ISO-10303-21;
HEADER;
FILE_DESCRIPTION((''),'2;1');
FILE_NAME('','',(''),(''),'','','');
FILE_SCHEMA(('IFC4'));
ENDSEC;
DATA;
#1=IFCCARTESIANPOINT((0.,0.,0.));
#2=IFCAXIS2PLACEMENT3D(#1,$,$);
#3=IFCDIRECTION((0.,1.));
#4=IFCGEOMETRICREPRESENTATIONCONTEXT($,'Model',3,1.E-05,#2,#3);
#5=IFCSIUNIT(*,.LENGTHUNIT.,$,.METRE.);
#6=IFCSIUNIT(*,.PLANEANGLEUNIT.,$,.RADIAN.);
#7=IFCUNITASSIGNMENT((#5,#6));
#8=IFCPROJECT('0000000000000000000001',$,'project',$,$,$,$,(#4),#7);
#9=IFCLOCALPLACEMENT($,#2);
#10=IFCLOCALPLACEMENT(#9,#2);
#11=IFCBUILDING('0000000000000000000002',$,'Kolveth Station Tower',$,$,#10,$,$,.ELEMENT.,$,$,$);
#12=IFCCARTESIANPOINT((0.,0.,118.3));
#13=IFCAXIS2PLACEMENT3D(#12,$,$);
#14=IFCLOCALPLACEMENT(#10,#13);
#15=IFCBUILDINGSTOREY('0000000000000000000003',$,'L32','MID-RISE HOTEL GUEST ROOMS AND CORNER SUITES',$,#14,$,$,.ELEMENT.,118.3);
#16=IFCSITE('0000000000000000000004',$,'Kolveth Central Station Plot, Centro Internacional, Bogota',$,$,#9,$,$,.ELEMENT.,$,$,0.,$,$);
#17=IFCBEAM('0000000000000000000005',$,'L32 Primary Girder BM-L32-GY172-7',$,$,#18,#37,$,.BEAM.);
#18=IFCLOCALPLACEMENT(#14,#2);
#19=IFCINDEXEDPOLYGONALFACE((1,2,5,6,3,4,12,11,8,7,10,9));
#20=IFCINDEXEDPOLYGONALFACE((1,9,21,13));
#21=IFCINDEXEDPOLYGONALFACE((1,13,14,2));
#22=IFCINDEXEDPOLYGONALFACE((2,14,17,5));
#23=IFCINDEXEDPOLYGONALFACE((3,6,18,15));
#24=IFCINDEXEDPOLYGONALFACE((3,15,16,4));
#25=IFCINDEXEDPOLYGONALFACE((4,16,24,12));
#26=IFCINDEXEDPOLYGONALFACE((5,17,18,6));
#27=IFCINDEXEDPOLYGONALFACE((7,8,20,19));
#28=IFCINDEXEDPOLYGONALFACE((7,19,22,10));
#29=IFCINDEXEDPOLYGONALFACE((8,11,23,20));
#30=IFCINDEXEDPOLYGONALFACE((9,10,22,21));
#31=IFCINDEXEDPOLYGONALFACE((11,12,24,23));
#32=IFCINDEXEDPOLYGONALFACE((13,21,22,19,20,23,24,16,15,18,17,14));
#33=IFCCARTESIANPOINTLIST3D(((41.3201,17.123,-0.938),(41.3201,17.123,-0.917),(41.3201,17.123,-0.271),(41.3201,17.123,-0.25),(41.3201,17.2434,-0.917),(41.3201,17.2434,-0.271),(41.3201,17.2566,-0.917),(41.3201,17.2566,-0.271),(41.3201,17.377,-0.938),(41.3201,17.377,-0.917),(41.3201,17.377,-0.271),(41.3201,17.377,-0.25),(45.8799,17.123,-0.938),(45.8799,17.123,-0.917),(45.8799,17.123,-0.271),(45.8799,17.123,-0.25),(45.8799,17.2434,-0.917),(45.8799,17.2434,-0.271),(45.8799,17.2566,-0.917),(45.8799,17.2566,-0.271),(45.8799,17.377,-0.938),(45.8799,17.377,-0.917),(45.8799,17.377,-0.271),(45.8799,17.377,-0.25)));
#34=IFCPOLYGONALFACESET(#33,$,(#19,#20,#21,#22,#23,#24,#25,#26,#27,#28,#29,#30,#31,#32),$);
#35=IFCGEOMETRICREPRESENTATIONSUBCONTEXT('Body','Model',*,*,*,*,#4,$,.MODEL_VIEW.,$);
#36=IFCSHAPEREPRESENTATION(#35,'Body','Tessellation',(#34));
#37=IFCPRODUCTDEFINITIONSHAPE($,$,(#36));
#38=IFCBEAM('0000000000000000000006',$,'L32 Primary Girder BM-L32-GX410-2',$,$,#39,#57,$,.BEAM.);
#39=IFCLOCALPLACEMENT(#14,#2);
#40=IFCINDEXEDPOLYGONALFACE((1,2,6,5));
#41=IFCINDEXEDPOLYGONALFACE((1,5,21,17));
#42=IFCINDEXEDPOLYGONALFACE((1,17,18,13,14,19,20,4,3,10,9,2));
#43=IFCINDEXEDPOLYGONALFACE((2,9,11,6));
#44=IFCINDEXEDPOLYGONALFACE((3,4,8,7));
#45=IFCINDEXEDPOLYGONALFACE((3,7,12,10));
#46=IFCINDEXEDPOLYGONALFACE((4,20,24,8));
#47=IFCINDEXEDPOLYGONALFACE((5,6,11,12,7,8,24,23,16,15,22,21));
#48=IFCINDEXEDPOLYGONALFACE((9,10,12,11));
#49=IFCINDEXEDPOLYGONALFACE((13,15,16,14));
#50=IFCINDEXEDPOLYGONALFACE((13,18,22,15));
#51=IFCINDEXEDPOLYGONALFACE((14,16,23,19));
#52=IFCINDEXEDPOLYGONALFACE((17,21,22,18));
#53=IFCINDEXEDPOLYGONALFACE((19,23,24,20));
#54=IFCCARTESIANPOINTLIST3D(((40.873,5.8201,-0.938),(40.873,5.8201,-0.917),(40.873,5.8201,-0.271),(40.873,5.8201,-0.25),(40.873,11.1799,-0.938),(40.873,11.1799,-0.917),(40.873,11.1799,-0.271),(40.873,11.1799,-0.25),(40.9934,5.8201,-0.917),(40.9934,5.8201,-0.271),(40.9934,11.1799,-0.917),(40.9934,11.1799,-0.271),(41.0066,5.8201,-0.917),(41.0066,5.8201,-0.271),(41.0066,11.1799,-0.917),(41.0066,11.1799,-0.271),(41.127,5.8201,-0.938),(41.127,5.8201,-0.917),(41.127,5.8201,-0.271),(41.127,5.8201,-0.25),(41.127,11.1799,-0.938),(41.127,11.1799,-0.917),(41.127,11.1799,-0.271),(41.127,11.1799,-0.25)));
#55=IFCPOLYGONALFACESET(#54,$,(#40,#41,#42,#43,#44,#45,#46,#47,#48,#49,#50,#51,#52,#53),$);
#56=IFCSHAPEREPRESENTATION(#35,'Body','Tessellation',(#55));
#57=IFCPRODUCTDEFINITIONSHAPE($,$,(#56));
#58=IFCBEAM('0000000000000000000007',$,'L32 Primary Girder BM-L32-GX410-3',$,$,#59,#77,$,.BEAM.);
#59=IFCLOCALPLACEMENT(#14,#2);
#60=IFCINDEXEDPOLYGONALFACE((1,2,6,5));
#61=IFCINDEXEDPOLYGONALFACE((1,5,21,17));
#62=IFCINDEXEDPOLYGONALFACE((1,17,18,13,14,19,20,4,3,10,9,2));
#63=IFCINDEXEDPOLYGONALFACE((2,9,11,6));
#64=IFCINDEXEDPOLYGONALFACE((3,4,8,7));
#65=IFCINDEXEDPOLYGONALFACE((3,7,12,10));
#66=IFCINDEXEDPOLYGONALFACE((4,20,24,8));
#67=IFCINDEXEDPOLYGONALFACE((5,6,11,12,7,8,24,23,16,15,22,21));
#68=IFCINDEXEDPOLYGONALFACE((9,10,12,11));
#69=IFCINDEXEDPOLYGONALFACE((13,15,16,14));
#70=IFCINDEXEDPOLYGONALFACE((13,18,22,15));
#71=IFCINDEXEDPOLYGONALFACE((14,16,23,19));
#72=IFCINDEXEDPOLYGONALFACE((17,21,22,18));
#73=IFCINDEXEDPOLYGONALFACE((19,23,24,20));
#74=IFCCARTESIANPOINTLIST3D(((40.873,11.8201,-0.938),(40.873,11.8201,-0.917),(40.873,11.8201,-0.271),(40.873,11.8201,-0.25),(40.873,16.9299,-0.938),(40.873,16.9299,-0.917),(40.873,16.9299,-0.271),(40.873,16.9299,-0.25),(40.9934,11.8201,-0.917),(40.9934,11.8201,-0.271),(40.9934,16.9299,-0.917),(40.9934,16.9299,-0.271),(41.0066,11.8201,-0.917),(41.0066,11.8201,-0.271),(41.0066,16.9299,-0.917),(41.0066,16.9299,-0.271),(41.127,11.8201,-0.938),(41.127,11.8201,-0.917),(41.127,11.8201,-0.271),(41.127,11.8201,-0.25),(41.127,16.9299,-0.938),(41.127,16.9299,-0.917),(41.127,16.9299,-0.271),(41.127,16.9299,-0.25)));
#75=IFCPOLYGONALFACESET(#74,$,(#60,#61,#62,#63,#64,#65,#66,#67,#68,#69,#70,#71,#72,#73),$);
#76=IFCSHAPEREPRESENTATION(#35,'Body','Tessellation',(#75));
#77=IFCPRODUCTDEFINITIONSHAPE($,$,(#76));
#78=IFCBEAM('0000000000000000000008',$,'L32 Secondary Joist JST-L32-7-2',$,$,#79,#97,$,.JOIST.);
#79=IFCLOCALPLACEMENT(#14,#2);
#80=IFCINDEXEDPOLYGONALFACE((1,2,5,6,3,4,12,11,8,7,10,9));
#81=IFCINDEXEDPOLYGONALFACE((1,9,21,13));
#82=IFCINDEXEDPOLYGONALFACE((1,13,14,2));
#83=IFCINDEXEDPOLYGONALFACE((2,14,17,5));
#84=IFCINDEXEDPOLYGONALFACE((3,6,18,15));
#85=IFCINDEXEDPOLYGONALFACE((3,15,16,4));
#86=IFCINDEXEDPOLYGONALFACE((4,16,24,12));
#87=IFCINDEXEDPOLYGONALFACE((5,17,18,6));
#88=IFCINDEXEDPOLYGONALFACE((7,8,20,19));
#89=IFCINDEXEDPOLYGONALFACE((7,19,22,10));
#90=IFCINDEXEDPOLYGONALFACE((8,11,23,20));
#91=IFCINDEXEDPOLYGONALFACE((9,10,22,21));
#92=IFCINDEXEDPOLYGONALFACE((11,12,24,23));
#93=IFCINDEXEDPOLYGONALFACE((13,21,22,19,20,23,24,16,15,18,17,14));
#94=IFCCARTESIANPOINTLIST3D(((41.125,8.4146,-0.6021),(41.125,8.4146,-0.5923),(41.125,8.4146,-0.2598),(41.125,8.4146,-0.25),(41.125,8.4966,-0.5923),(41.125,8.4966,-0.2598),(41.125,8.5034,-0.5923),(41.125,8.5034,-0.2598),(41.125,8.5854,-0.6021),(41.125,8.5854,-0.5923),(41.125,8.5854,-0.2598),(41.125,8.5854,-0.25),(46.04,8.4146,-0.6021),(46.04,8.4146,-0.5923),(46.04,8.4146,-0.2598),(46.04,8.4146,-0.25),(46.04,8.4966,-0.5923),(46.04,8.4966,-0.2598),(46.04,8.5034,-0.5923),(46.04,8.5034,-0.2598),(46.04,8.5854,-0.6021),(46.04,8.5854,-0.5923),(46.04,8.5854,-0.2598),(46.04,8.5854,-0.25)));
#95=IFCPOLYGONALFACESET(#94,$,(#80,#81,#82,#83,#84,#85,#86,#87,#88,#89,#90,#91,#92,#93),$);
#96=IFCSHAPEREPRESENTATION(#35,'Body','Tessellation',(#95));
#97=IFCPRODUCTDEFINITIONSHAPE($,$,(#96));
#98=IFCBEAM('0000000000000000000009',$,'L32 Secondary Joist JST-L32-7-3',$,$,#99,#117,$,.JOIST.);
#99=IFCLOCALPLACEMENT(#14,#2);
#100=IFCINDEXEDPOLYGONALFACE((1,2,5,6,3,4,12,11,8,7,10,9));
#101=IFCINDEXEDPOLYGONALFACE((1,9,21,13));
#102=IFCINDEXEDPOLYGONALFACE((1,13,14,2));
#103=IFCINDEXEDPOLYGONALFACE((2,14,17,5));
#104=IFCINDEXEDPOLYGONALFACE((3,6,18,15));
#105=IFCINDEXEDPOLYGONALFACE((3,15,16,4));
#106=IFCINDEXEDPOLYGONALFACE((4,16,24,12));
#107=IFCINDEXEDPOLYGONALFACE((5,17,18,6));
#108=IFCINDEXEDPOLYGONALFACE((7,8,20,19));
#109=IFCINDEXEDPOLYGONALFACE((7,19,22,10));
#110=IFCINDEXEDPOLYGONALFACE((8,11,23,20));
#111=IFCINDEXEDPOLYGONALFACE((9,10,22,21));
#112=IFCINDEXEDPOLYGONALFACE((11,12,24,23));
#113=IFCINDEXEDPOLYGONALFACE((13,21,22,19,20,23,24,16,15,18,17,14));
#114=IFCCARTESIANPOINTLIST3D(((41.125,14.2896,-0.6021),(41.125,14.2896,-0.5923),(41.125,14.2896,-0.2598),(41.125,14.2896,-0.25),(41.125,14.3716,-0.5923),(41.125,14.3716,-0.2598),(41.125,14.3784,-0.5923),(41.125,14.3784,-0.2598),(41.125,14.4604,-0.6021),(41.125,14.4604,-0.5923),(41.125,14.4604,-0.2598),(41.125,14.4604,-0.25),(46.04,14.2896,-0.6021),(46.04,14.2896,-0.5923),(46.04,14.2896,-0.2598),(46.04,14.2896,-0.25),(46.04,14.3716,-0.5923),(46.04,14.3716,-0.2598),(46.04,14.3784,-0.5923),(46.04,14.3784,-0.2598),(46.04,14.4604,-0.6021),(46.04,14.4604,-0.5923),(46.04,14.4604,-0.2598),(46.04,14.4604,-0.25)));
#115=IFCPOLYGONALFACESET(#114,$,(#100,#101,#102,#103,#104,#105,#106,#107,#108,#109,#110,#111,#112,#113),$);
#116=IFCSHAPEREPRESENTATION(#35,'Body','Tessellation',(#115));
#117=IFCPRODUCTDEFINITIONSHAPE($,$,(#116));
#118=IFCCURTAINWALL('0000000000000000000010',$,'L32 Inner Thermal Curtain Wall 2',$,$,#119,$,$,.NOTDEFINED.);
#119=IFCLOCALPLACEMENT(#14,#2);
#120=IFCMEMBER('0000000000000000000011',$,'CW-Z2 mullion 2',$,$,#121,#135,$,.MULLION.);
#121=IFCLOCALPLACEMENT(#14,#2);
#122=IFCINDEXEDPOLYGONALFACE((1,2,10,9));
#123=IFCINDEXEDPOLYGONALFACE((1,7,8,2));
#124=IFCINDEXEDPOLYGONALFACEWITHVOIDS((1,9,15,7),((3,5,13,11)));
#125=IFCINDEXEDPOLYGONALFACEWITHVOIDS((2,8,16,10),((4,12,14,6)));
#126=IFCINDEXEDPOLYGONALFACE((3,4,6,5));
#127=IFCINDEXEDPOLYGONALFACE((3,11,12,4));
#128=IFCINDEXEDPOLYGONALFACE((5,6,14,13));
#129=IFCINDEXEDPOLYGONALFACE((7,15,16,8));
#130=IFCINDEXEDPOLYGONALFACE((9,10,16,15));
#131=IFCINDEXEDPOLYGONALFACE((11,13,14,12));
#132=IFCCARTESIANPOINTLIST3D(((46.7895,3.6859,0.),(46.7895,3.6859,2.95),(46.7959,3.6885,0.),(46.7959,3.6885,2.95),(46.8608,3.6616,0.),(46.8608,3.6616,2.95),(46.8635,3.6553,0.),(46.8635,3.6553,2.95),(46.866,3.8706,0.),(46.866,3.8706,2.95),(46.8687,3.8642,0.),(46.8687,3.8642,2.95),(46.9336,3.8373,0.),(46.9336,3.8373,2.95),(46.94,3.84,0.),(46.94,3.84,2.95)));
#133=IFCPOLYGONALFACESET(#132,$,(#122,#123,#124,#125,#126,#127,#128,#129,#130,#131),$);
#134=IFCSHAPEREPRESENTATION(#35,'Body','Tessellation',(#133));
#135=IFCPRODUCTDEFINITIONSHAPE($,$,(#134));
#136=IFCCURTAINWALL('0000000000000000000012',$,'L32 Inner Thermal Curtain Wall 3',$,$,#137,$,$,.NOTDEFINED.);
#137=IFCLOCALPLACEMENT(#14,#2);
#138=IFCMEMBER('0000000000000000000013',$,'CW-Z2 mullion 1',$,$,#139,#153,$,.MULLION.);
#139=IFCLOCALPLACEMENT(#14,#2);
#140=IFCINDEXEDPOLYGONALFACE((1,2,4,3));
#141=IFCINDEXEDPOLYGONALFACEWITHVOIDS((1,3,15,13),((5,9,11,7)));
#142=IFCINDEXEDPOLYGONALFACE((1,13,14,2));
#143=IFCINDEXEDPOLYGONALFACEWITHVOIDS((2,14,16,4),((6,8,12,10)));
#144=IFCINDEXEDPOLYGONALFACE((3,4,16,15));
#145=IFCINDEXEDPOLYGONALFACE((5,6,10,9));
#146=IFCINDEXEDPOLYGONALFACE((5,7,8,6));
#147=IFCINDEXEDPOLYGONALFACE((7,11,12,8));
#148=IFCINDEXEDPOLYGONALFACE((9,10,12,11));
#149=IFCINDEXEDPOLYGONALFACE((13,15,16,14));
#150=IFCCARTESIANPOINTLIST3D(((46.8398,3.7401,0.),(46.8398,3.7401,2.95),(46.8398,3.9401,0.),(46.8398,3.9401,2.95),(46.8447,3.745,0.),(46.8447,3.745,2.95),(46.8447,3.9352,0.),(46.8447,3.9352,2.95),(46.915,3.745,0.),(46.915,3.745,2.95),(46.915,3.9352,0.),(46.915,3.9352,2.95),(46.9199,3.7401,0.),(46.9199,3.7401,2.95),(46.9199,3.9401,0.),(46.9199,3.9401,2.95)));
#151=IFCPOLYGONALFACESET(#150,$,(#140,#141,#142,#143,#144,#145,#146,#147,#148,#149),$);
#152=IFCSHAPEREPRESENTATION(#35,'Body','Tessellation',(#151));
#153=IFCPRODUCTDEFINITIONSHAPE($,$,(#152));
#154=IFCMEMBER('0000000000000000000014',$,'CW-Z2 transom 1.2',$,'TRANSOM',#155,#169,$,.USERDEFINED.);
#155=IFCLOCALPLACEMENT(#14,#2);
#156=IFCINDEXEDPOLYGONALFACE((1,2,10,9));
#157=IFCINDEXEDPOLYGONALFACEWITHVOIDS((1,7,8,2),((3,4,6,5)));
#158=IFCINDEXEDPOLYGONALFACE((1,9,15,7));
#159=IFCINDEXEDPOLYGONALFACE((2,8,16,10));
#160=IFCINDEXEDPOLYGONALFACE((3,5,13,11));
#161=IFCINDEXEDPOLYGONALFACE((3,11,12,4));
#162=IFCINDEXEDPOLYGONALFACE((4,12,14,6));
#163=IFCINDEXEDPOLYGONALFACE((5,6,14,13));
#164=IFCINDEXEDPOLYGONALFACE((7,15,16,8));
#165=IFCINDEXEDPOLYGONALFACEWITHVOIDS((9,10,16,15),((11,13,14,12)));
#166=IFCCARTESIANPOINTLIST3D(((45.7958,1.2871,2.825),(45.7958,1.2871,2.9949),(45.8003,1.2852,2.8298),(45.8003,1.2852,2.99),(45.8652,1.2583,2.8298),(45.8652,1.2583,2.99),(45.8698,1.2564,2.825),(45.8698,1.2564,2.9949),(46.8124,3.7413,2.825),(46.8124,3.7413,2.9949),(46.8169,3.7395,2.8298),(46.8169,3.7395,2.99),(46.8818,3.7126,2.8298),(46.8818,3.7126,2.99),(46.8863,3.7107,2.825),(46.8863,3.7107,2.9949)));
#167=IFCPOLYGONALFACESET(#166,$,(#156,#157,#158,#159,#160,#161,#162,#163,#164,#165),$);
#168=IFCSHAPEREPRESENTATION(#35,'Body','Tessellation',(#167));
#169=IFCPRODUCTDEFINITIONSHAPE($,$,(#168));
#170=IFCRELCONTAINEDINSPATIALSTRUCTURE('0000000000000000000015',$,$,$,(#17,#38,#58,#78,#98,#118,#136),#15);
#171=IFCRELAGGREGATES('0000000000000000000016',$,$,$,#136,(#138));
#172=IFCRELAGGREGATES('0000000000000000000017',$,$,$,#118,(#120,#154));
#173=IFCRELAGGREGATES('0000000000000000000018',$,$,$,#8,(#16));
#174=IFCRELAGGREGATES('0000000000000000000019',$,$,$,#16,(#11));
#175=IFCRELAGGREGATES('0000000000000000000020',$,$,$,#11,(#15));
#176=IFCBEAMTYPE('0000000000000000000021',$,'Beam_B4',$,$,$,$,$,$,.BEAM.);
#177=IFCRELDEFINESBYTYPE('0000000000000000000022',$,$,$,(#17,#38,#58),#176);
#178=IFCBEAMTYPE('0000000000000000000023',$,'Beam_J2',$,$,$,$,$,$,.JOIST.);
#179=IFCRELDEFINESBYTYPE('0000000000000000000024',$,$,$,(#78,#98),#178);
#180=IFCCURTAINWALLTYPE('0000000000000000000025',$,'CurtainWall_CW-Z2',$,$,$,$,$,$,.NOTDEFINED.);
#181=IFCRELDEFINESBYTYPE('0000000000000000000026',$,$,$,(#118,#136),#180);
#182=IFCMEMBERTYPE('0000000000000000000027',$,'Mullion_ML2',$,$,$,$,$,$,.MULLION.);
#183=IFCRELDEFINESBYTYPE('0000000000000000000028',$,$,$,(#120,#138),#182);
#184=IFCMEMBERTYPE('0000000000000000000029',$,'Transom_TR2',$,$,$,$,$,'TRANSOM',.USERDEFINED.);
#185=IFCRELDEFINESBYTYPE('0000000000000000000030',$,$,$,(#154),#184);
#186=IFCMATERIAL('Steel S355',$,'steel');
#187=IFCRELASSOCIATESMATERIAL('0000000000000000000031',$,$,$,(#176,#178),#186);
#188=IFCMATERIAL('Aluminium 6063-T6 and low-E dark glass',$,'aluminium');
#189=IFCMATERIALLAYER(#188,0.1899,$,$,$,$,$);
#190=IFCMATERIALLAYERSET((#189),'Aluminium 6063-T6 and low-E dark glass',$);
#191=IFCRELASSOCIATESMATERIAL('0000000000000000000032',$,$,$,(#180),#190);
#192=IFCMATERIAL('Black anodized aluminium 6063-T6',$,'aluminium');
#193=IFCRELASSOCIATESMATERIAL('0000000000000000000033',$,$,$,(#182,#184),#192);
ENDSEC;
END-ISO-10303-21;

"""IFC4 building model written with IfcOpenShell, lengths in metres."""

from ifc_helpers import new_model, si_unit, direction, frame, origin, origin_2d, place, context, subcontext, project, spatial, hollow_rectangle, i_section, extrude, source, transform, mapped, material, layer, layer_set, material_profile, profile_set, type_object, element, aggregate, save


model = new_model("IFC4")

# Units and contexts
model_context = context("Model", 3, precision=1e-05, world=origin(), true_north=direction((0.0, 1.0)))
body_context = subcontext(model_context, "Body", "Model", "MODEL_VIEW")
ifc_project = project(units=[si_unit("LENGTHUNIT", "METRE"), si_unit("PLANEANGLEUNIT", "RADIAN")], contexts=[model_context])

# Site, building, storey
site_placement = place(None, origin())
site = spatial("IfcSite", under=ifc_project, at=site_placement, Name="Kolveth Central Station Plot, Centro Internacional, Bogota", CompositionType="ELEMENT", RefElevation=0.0)
building_placement = place(site_placement, origin())
building = spatial("IfcBuilding", under=site, at=building_placement, Name="Kolveth Station Tower", CompositionType="ELEMENT")
storey_placement = place(building_placement, frame((0.0, 0.0, 118.3)))
storey = spatial("IfcBuildingStorey", under=building, at=storey_placement, Name="L32", Description="MID-RISE HOTEL GUEST ROOMS AND CORNER SUITES", CompositionType="ELEMENT", Elevation=118.3)

# Beams
ifc_material_1 = material(Name="Steel S355", Category="steel")
ifc_material_profile_1 = material_profile(ifc_material_1, i_section(OverallWidth=0.2539, OverallDepth=0.688, WebThickness=0.0132, FlangeThickness=0.021, at=origin_2d()), Name="W690x152")
ifc_profile_set_1 = profile_set([ifc_material_profile_1], Name="Steel S355")
beam_type_1 = type_object("IfcBeamType", Name="Beam_B4", PredefinedType="BEAM", material=ifc_profile_set_1)
shared_shape_1 = source(origin(), body_context, "Body", "SweptSolid", [
    extrude(i_section(OverallWidth=0.2539, OverallDepth=0.688, WebThickness=0.0132, FlangeThickness=0.021, at=origin_2d()), origin(), (0.0, 0.0, 1.0), 4.5598),
])
for number, where, z_axis, x_axis, name in (
    (1, (41.3201, 17.25, -0.594), (1.0, 0.0, 0.0), (0.0, 1.0, 0.0), "L32 Primary Girder BM-L32-GY172-7"),
):
    element("IfcBeam", number, at=place(storey_placement, frame(where, z_axis=z_axis, x_axis=x_axis)), inside=storey, type_object=beam_type_1, Name=name, PredefinedType="BEAM", context=body_context, shape_type="MappedRepresentation", body=[
        mapped(shared_shape_1, transform((0.0, 0.0, 0.0), x_axis=(1.0, 0.0, 0.0), y_axis=(0.0, 1.0, 0.0), z_axis=(0.0, 0.0, 1.0), scale=1.0)),
    ])
shared_shape_2 = source(origin(), body_context, "Body", "SweptSolid", [
    extrude(i_section(OverallWidth=0.2539, OverallDepth=0.688, WebThickness=0.0132, FlangeThickness=0.021, at=origin_2d()), origin(), (0.0, 0.0, 1.0), 5.3599),
])
beam_1_placement = place(storey_placement, frame((41.0, 5.8201, -0.594), z_axis=(0.0, 1.0, 0.0), x_axis=(-1.0, 0.0, 0.0)))
element("IfcBeam", 2, at=beam_1_placement, inside=storey, type_object=beam_type_1, Name="L32 Primary Girder BM-L32-GX410-2", PredefinedType="BEAM", context=body_context, shape_type="MappedRepresentation", body=[
    mapped(shared_shape_2, transform((0.0, 0.0, 0.0), x_axis=(1.0, 0.0, 0.0), y_axis=(0.0, 1.0, 0.0), z_axis=(0.0, 0.0, 1.0), scale=1.0)),
])
shared_shape_3 = source(origin(), body_context, "Body", "SweptSolid", [
    extrude(i_section(OverallWidth=0.2539, OverallDepth=0.688, WebThickness=0.0132, FlangeThickness=0.021, at=origin_2d()), origin(), (0.0, 0.0, 1.0), 5.1099),
])
beam_2_placement = place(storey_placement, frame((41.0, 11.8201, -0.594), z_axis=(0.0, 1.0, 0.0), x_axis=(-1.0, 0.0, 0.0)))
element("IfcBeam", 3, at=beam_2_placement, inside=storey, type_object=beam_type_1, Name="L32 Primary Girder BM-L32-GX410-3", PredefinedType="BEAM", context=body_context, shape_type="MappedRepresentation", body=[
    mapped(shared_shape_3, transform((0.0, 0.0, 0.0), x_axis=(1.0, 0.0, 0.0), y_axis=(0.0, 1.0, 0.0), z_axis=(0.0, 0.0, 1.0), scale=1.0)),
])
ifc_material_profile_2 = material_profile(ifc_material_1, i_section(OverallWidth=0.1709, OverallDepth=0.3521, WebThickness=0.0068, FlangeThickness=0.0098, at=origin_2d()), Name="W360x44")
ifc_profile_set_2 = profile_set([ifc_material_profile_2], Name="Steel S355")
beam_type_2 = type_object("IfcBeamType", Name="Beam_J2", PredefinedType="JOIST", material=ifc_profile_set_2)
shared_shape_4 = source(origin(), body_context, "Body", "SweptSolid", [
    extrude(i_section(OverallWidth=0.1709, OverallDepth=0.3521, WebThickness=0.0068, FlangeThickness=0.0098, at=origin_2d()), origin(), (0.0, 0.0, 1.0), 4.915),
])
for number, where, z_axis, x_axis, name in (
    (4, (41.125, 8.5, -0.426), (1.0, 0.0, 0.0), (0.0, 1.0, 0.0), "L32 Secondary Joist JST-L32-7-2"),
    (5, (41.125, 14.375, -0.426), (1.0, 0.0, 0.0), (0.0, 1.0, 0.0), "L32 Secondary Joist JST-L32-7-3"),
):
    element("IfcBeam", number, at=place(storey_placement, frame(where, z_axis=z_axis, x_axis=x_axis)), inside=storey, type_object=beam_type_2, Name=name, PredefinedType="JOIST", context=body_context, shape_type="MappedRepresentation", body=[
        mapped(shared_shape_4, transform((0.0, 0.0, 0.0), x_axis=(1.0, 0.0, 0.0), y_axis=(0.0, 1.0, 0.0), z_axis=(0.0, 0.0, 1.0), scale=1.0)),
    ])

# Curtain walls, members
ifc_material_2 = material(Name="Aluminium 6063-T6 and low-E dark glass", Category="aluminium")
ifc_layer_1 = layer(ifc_material_2, 0.1899)
ifc_layer_set_1 = layer_set([ifc_layer_1], Name="Aluminium 6063-T6 and low-E dark glass")
curtain_wall_type_1 = type_object("IfcCurtainWallType", Name="CurtainWall_CW-Z2", PredefinedType="NOTDEFINED", material=ifc_layer_set_1)
curtain_wall_1_placement = place(storey_placement, origin())
curtain_wall_1 = element("IfcCurtainWall", 6, at=curtain_wall_1_placement, inside=storey, type_object=curtain_wall_type_1, Name="L32 Inner Thermal Curtain Wall 2", PredefinedType="NOTDEFINED")
ifc_material_3 = material(Name="Black anodized aluminium 6063-T6", Category="aluminium")
ifc_material_profile_3 = material_profile(ifc_material_3, hollow_rectangle(XDim=0.0801, YDim=0.2, WallThickness=0.0049, at=origin_2d()), Name="ALU-80x200x5")
ifc_profile_set_3 = profile_set([ifc_material_profile_3], Name="Black anodized aluminium 6063-T6")
member_type_1 = type_object("IfcMemberType", Name="Mullion_ML2", PredefinedType="MULLION", material=ifc_profile_set_3)
shared_shape_5 = source(origin(), body_context, "Body", "SweptSolid", [
    extrude(hollow_rectangle(XDim=0.0801, YDim=0.2, WallThickness=0.0049, at=origin_2d()), origin(), (0.0, 0.0, 1.0), 2.95),
])
member_1_placement = place(storey_placement, frame((46.8647, 3.7629, 0.0), z_axis=(0.0, 0.0, 1.0), x_axis=(-0.923888, 0.382663, 0.0)))
member_1 = element("IfcMember", 7, at=member_1_placement, type_object=member_type_1, Name="CW-Z2 mullion 2", PredefinedType="MULLION", context=body_context, shape_type="MappedRepresentation", body=[
    mapped(shared_shape_5, transform((0.0, 0.0, 0.0), x_axis=(1.0, 0.0, 0.0), y_axis=(0.0, 1.0, 0.0), z_axis=(0.0, 0.0, 1.0), scale=1.0)),
])
curtain_wall_2_placement = place(storey_placement, origin())
curtain_wall_2 = element("IfcCurtainWall", 8, at=curtain_wall_2_placement, inside=storey, type_object=curtain_wall_type_1, Name="L32 Inner Thermal Curtain Wall 3", PredefinedType="NOTDEFINED")
member_2_placement = place(storey_placement, frame((46.8799, 3.8401, 0.0), z_axis=(0.0, 0.0, 1.0), x_axis=(-1.0, 0.0, 0.0)))
member_2 = element("IfcMember", 9, at=member_2_placement, type_object=member_type_1, Name="CW-Z2 mullion 1", PredefinedType="MULLION", context=body_context, shape_type="MappedRepresentation", body=[
    mapped(shared_shape_5, transform((0.0, 0.0, 0.0), x_axis=(1.0, 0.0, 0.0), y_axis=(0.0, 1.0, 0.0), z_axis=(0.0, 0.0, 1.0), scale=1.0)),
])

# Member
ifc_material_profile_4 = material_profile(ifc_material_3, hollow_rectangle(XDim=0.0801, YDim=0.1699, WallThickness=0.0049, at=origin_2d()), Name="ALU-80x170x5")
ifc_profile_set_4 = profile_set([ifc_material_profile_4], Name="Black anodized aluminium 6063-T6")
member_type_2 = type_object("IfcMemberType", Name="Transom_TR2", ElementType="TRANSOM", PredefinedType="USERDEFINED", material=ifc_profile_set_4)
shared_shape_6 = source(origin(), body_context, "Body", "SweptSolid", [
    extrude(hollow_rectangle(XDim=0.0801, YDim=0.1699, WallThickness=0.0049, at=origin_2d()), origin(), (0.0, 0.0, 1.0), 2.6565),
])
member_3_placement = place(storey_placement, frame((45.8328, 1.2717, 2.9099), z_axis=(0.382676, 0.923882, 0.0), x_axis=(-0.923882, 0.382676, 0.0)))
member_3 = element("IfcMember", 10, at=member_3_placement, type_object=member_type_2, Name="CW-Z2 transom 1.2", ObjectType="TRANSOM", PredefinedType="USERDEFINED", context=body_context, shape_type="MappedRepresentation", body=[
    mapped(shared_shape_6, transform((0.0, 0.0, 0.0), x_axis=(1.0, 0.0, 0.0), y_axis=(0.0, 1.0, 0.0), z_axis=(0.0, 0.0, 1.0), scale=1.0)),
])
aggregate(curtain_wall_2, [member_2])

aggregate(curtain_wall_1, [member_1, member_3])

save(model, "model.ifc")
